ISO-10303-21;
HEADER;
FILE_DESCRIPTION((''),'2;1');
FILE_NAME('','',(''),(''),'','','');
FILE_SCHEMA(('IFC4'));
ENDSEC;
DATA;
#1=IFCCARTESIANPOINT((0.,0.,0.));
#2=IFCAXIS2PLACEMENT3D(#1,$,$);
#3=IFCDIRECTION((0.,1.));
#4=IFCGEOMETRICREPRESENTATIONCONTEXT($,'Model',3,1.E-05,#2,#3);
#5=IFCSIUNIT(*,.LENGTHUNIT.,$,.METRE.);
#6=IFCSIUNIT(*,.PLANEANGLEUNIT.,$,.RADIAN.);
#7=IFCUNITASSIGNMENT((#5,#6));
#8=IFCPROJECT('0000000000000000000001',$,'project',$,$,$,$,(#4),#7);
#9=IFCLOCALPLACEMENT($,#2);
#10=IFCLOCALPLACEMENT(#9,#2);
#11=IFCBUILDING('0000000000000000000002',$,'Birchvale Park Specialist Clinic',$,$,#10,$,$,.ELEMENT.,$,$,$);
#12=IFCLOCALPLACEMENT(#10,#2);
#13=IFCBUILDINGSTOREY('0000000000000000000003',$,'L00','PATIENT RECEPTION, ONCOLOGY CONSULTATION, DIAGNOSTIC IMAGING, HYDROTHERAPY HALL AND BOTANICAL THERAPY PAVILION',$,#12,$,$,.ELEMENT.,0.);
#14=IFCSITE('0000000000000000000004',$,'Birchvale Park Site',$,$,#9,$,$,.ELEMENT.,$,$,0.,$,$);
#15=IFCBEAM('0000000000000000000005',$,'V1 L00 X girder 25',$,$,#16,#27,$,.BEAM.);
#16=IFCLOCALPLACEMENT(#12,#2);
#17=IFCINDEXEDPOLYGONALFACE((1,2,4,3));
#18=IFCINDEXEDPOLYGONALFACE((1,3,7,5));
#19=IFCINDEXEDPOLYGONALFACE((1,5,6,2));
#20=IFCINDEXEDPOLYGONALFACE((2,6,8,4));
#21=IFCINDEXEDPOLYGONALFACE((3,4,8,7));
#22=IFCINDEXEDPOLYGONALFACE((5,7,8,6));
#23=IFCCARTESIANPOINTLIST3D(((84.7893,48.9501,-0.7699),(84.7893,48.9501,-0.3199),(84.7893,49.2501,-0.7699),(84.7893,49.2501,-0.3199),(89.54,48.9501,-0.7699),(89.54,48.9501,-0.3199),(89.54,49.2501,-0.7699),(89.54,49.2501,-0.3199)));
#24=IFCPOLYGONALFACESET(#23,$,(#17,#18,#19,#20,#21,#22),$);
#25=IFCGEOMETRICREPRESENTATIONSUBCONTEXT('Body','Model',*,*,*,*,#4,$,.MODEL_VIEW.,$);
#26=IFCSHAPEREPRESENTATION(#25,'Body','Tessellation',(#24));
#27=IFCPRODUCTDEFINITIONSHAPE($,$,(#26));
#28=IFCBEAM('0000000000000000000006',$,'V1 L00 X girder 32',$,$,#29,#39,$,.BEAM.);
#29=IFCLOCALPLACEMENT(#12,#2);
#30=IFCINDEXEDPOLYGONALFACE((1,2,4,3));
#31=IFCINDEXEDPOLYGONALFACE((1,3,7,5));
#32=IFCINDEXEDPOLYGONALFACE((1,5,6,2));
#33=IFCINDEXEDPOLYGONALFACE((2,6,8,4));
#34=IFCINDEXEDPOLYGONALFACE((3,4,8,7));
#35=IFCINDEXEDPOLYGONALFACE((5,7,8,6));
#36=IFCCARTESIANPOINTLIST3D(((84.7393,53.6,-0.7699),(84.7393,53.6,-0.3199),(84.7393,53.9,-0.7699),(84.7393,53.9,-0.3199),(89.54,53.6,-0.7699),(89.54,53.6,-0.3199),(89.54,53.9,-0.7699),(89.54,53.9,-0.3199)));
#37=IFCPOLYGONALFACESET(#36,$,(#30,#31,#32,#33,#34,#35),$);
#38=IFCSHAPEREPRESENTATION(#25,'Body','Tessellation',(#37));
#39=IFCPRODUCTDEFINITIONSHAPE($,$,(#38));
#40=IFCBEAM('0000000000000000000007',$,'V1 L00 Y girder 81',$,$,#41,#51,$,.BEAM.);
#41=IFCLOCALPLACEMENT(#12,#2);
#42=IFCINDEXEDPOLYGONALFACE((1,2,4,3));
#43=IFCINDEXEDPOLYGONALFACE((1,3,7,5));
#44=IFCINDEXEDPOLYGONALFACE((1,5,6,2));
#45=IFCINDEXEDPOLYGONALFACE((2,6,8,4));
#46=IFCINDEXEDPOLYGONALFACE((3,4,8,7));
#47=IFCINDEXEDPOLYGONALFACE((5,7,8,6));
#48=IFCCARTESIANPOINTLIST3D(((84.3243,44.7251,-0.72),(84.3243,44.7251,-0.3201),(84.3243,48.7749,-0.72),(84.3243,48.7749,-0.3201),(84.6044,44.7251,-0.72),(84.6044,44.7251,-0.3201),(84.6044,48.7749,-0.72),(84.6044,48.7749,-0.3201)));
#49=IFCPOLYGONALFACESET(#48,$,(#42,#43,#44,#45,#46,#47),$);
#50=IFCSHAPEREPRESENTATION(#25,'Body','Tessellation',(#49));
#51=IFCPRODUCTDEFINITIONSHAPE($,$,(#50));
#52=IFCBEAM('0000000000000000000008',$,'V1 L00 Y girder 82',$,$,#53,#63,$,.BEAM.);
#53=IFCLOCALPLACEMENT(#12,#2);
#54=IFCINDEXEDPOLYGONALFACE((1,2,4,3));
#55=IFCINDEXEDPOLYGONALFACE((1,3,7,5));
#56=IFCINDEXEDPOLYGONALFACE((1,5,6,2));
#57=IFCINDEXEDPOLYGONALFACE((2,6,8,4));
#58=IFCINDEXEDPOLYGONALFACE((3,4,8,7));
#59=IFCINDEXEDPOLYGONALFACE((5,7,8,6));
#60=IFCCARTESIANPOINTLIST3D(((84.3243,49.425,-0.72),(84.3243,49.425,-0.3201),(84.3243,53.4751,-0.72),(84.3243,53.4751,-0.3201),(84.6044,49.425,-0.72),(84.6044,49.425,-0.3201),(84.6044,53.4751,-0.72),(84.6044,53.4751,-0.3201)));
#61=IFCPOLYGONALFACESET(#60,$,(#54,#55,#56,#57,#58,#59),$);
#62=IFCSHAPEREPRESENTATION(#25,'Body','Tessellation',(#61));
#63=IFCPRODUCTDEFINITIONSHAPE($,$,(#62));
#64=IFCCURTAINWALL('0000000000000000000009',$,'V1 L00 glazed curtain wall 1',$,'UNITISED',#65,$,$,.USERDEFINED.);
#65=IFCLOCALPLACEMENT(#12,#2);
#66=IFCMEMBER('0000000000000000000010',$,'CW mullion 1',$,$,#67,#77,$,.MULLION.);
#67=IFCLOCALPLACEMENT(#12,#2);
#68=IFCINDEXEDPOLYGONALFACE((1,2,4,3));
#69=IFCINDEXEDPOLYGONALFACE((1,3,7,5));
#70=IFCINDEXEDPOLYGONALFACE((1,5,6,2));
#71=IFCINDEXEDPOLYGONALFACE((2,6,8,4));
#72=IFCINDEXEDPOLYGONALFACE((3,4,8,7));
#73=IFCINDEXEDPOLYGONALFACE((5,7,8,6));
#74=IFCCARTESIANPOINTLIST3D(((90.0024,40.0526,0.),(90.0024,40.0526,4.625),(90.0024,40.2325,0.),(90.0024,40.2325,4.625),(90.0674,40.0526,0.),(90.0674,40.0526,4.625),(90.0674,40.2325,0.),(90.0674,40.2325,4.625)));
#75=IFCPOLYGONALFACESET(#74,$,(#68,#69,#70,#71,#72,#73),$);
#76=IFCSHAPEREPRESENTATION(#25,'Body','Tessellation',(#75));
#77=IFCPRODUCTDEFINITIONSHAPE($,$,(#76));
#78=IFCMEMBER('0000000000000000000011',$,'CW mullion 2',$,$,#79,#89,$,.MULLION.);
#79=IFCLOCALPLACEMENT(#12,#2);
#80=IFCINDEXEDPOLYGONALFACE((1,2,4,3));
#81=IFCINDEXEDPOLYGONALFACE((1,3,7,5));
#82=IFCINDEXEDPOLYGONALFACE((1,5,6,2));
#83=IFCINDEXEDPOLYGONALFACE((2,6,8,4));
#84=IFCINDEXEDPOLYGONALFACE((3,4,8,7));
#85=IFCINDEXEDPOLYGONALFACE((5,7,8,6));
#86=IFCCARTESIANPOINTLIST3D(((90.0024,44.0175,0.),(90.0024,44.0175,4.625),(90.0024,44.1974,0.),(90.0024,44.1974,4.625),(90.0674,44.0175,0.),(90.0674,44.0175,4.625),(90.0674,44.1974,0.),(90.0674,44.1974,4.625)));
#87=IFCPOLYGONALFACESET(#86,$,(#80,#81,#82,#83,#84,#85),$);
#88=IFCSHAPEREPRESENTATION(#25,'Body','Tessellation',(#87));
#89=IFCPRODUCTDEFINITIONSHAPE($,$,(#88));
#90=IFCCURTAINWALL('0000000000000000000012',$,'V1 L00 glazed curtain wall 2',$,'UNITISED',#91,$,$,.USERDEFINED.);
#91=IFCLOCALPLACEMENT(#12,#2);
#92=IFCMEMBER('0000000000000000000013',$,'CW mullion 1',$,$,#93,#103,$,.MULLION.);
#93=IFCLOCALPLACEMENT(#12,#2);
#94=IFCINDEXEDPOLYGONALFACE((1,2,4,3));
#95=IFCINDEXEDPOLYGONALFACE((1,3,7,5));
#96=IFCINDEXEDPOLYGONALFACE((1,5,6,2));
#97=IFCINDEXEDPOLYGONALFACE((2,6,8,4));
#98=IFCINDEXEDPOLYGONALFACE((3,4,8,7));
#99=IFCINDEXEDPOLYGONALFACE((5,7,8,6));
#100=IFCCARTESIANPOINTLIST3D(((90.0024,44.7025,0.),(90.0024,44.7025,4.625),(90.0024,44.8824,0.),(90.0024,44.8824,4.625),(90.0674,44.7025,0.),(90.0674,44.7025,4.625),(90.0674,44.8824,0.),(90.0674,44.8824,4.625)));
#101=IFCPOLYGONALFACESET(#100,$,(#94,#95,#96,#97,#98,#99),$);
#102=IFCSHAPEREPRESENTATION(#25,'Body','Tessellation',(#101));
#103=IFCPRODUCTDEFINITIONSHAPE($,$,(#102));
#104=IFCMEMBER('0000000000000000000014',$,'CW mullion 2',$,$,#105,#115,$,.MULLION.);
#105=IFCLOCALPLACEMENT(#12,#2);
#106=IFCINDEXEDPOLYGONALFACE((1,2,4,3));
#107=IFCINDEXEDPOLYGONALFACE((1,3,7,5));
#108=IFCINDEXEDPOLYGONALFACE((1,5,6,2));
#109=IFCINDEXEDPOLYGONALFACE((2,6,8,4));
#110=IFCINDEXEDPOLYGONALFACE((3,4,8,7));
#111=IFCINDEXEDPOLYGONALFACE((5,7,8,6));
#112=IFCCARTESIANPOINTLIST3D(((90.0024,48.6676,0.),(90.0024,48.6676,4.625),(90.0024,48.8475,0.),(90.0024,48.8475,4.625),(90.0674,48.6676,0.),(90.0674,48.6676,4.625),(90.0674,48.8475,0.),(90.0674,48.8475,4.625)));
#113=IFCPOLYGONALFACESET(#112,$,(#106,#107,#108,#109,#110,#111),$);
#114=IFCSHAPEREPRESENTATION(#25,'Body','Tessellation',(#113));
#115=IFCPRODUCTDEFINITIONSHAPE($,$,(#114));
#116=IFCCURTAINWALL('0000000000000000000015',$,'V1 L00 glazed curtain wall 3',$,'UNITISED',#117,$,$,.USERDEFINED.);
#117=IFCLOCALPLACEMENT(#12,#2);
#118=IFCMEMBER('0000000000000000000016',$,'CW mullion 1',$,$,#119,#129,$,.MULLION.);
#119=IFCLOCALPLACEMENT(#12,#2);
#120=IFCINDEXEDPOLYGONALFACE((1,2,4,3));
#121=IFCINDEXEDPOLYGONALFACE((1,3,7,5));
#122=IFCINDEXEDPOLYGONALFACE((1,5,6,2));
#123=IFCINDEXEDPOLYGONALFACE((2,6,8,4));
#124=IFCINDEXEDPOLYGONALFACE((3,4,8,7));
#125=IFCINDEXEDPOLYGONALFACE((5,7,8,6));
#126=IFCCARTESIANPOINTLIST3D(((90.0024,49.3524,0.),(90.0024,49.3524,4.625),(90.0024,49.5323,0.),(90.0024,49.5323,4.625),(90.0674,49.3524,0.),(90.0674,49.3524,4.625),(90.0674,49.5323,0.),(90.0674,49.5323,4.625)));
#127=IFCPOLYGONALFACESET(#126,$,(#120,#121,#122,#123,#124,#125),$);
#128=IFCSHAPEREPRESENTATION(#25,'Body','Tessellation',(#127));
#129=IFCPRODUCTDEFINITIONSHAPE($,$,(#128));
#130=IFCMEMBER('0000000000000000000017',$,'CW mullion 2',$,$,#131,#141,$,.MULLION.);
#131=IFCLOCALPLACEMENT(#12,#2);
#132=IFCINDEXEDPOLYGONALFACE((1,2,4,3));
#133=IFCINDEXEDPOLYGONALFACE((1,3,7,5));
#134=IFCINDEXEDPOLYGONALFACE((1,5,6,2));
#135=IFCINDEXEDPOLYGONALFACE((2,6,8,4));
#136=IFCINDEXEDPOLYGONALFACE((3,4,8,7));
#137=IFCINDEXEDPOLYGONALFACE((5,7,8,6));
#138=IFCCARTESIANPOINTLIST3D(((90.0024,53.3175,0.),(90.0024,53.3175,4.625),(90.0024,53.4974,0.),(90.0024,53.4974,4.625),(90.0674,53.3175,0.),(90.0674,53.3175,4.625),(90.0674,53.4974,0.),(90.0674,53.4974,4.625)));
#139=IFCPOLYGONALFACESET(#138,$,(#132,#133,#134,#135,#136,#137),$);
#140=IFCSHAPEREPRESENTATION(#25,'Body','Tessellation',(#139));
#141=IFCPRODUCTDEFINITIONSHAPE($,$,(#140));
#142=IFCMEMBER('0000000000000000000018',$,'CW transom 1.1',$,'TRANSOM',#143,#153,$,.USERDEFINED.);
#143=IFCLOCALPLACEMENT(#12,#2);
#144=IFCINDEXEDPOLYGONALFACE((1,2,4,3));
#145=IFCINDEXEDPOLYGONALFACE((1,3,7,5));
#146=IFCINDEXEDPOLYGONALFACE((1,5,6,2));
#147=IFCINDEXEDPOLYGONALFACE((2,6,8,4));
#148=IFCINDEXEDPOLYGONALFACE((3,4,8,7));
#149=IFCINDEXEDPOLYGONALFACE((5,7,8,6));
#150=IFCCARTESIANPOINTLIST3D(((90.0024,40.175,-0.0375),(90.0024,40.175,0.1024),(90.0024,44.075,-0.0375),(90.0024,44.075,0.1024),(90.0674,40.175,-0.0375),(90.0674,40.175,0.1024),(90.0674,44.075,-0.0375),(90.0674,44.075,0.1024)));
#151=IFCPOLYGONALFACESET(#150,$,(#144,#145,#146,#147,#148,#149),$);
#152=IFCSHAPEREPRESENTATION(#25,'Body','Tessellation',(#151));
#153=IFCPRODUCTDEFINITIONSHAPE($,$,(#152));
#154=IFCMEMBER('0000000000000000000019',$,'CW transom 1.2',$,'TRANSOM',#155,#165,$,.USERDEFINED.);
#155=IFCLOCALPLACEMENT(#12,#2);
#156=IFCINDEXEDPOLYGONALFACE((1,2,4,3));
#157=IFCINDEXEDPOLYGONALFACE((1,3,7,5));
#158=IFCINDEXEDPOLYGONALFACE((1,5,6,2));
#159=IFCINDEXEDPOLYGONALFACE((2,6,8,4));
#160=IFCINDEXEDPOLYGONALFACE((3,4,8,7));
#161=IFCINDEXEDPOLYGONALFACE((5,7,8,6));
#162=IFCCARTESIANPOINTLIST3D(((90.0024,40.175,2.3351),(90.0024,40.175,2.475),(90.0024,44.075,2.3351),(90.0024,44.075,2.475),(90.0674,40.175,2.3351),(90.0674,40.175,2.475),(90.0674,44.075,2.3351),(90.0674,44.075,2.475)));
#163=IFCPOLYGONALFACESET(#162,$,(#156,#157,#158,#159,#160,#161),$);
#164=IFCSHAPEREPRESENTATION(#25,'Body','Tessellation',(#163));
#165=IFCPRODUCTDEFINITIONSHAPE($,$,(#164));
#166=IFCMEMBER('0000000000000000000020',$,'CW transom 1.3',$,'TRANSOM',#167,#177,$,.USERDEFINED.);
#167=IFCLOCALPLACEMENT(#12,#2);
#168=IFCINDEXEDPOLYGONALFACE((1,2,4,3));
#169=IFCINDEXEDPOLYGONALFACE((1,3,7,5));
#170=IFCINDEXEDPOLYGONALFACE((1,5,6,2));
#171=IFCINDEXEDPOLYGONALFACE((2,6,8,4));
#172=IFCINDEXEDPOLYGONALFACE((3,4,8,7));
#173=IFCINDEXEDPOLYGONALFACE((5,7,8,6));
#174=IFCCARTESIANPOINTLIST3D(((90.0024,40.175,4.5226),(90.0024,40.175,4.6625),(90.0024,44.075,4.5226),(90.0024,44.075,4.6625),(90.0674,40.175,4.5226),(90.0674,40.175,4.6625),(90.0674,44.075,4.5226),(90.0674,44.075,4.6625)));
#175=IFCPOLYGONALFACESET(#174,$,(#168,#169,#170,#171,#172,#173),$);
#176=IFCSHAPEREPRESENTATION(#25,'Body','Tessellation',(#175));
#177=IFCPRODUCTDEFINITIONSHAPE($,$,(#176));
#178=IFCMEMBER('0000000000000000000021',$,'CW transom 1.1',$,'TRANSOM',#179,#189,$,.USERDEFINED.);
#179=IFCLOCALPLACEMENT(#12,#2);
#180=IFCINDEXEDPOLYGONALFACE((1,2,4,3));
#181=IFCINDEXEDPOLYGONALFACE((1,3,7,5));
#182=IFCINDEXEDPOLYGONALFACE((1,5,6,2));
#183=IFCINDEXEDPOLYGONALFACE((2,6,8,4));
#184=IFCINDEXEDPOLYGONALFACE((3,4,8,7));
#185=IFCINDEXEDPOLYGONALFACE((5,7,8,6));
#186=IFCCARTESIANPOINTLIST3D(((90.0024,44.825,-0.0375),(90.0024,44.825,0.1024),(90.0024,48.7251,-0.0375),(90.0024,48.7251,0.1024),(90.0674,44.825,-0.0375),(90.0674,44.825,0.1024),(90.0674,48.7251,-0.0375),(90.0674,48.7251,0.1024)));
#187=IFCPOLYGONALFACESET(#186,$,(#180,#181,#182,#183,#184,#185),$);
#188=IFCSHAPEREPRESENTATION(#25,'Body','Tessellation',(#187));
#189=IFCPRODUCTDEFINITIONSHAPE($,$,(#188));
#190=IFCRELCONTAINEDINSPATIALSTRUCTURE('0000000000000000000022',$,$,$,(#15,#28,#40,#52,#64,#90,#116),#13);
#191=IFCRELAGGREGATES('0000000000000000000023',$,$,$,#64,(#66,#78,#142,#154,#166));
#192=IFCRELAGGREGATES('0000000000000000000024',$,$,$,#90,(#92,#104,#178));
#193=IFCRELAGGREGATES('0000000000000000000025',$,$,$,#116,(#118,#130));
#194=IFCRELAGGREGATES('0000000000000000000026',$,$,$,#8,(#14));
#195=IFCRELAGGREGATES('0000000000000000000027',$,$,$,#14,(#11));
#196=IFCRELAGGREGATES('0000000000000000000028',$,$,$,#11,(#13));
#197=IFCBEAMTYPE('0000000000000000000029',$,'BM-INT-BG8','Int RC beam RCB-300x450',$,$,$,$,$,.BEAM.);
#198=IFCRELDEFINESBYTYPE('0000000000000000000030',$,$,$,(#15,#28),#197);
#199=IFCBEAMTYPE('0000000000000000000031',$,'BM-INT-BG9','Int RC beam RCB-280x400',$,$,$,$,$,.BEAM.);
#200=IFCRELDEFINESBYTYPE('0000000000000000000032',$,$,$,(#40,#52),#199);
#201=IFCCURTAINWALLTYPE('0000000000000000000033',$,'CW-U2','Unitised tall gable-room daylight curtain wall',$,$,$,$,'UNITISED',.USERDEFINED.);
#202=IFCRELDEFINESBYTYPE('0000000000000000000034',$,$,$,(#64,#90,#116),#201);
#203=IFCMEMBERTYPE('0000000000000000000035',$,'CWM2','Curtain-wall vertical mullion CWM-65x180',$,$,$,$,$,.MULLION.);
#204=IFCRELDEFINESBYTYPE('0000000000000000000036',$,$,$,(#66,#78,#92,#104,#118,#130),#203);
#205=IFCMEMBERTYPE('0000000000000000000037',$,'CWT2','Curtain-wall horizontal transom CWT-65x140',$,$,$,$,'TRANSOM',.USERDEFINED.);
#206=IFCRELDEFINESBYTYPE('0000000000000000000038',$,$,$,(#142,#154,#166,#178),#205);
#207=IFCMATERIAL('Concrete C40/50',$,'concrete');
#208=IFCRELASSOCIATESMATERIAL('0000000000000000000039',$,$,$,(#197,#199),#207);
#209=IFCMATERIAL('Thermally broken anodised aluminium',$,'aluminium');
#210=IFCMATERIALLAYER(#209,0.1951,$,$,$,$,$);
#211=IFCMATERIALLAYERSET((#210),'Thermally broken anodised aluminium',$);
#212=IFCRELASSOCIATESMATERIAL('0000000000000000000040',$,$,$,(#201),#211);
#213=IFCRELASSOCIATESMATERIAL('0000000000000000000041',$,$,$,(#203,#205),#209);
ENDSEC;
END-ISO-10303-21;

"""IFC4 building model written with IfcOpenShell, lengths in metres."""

from ifc_helpers import new_model, si_unit, direction, frame, origin, origin_2d, place, context, subcontext, project, spatial, rectangle, extrude, material, layer, layer_set, material_profile, profile_set, type_object, element, aggregate, save


model = new_model("IFC4")

# Units and contexts
model_context = context("Model", 3, precision=1e-05, world=origin(), true_north=direction((0.0, 1.0)))
body_context = subcontext(model_context, "Body", "Model", "MODEL_VIEW")
ifc_project = project(units=[si_unit("LENGTHUNIT", "METRE"), si_unit("PLANEANGLEUNIT", "RADIAN")], contexts=[model_context])

# Site, building, storey
site_placement = place(None, origin())
site = spatial("IfcSite", under=ifc_project, at=site_placement, Name="Birchvale Park Site", CompositionType="ELEMENT", RefElevation=0.0)
building_placement = place(site_placement, origin())
building = spatial("IfcBuilding", under=site, at=building_placement, Name="Birchvale Park Specialist Clinic", CompositionType="ELEMENT")
storey_placement = place(building_placement, origin())
storey = spatial("IfcBuildingStorey", under=building, at=storey_placement, Name="L00", Description="PATIENT RECEPTION, ONCOLOGY CONSULTATION, DIAGNOSTIC IMAGING, HYDROTHERAPY HALL AND BOTANICAL THERAPY PAVILION", CompositionType="ELEMENT", Elevation=0.0)

# Shared definitions
ifc_material_1 = material(Name="Concrete C40/50", Category="concrete")

# Beams
ifc_material_profile_1 = material_profile(ifc_material_1, rectangle(XDim=0.3, YDim=0.45, at=origin_2d()), Name="RCB-300x450")
ifc_profile_set_1 = profile_set([ifc_material_profile_1], Name="Concrete C40/50")
beam_type_1 = type_object("IfcBeamType", Name="BM-INT-BG8", Description="Int RC beam RCB-300x450", PredefinedType="BEAM", material=ifc_profile_set_1)
beam_1_placement = place(storey_placement, frame((84.7893, 49.1001, -0.5449), z_axis=(1.0, 0.0, 0.0), x_axis=(0.0, 1.0, 0.0)))
element("IfcBeam", 1, at=beam_1_placement, inside=storey, type_object=beam_type_1, Name="V1 L00 X girder 25", PredefinedType="BEAM", context=body_context, shape_type="SweptSolid", body=[
    extrude(rectangle(XDim=0.3, YDim=0.45, at=origin_2d()), origin(), (0.0, 0.0, 1.0), 4.7507),
])
beam_2_placement = place(storey_placement, frame((84.7393, 53.75, -0.5449), z_axis=(1.0, 0.0, 0.0), x_axis=(0.0, 1.0, 0.0)))
element("IfcBeam", 2, at=beam_2_placement, inside=storey, type_object=beam_type_1, Name="V1 L00 X girder 32", PredefinedType="BEAM", context=body_context, shape_type="SweptSolid", body=[
    extrude(rectangle(XDim=0.3, YDim=0.45, at=origin_2d()), origin(), (0.0, 0.0, 1.0), 4.8008),
])
ifc_material_profile_2 = material_profile(ifc_material_1, rectangle(XDim=0.28, YDim=0.3999, at=origin_2d()), Name="RCB-280x400")
ifc_profile_set_2 = profile_set([ifc_material_profile_2], Name="Concrete C40/50")
beam_type_2 = type_object("IfcBeamType", Name="BM-INT-BG9", Description="Int RC beam RCB-280x400", PredefinedType="BEAM", material=ifc_profile_set_2)
beam_3_placement = place(storey_placement, frame((84.4644, 44.7251, -0.52), z_axis=(0.0, 1.0, 0.0), x_axis=(-1.0, 0.0, 0.0)))
element("IfcBeam", 3, at=beam_3_placement, inside=storey, type_object=beam_type_2, Name="V1 L00 Y girder 81", PredefinedType="BEAM", context=body_context, shape_type="SweptSolid", body=[
    extrude(rectangle(XDim=0.28, YDim=0.3999, at=origin_2d()), origin(), (0.0, 0.0, 1.0), 4.0498),
])
beam_4_placement = place(storey_placement, frame((84.4644, 49.425, -0.52), z_axis=(0.0, 1.0, 0.0), x_axis=(-1.0, 0.0, 0.0)))
element("IfcBeam", 4, at=beam_4_placement, inside=storey, type_object=beam_type_2, Name="V1 L00 Y girder 82", PredefinedType="BEAM", context=body_context, shape_type="SweptSolid", body=[
    extrude(rectangle(XDim=0.28, YDim=0.3999, at=origin_2d()), origin(), (0.0, 0.0, 1.0), 4.05),
])

# Curtain walls, members
ifc_material_2 = material(Name="Thermally broken anodised aluminium", Category="aluminium")
ifc_layer_1 = layer(ifc_material_2, 0.1951)
ifc_layer_set_1 = layer_set([ifc_layer_1], Name="Thermally broken anodised aluminium")
curtain_wall_type = type_object("IfcCurtainWallType", Name="CW-U2", Description="Unitised tall gable-room daylight curtain wall", ElementType="UNITISED", PredefinedType="USERDEFINED", material=ifc_layer_set_1)
curtain_wall_1_placement = place(storey_placement, origin())
curtain_wall_1 = element("IfcCurtainWall", 5, at=curtain_wall_1_placement, inside=storey, type_object=curtain_wall_type, Name="V1 L00 glazed curtain wall 1", ObjectType="UNITISED", PredefinedType="USERDEFINED")
ifc_material_profile_3 = material_profile(ifc_material_2, rectangle(XDim=0.0649, YDim=0.1799, at=origin_2d()), Name="CWM-65x180")
ifc_profile_set_3 = profile_set([ifc_material_profile_3], Name="Thermally broken anodised aluminium")
member_type_1 = type_object("IfcMemberType", Name="CWM2", Description="Curtain-wall vertical mullion CWM-65x180", PredefinedType="MULLION", material=ifc_profile_set_3)
member_1_placement = place(storey_placement, frame((90.0349, 40.1426, 0.0), z_axis=(0.0, 0.0, 1.0), x_axis=(-1.0, 0.0, 0.0)))
member_1 = element("IfcMember", 6, at=member_1_placement, type_object=member_type_1, Name="CW mullion 1", PredefinedType="MULLION", context=body_context, shape_type="SweptSolid", body=[
    extrude(rectangle(XDim=0.0649, YDim=0.1799, at=origin_2d()), origin(), (0.0, 0.0, 1.0), 4.625),
])
member_2_placement = place(storey_placement, frame((90.0349, 44.1074, 0.0), z_axis=(0.0, 0.0, 1.0), x_axis=(-1.0, 0.0, 0.0)))
member_2 = element("IfcMember", 7, at=member_2_placement, type_object=member_type_1, Name="CW mullion 2", PredefinedType="MULLION", context=body_context, shape_type="SweptSolid", body=[
    extrude(rectangle(XDim=0.0649, YDim=0.1799, at=origin_2d()), origin(), (0.0, 0.0, 1.0), 4.625),
])
curtain_wall_2_placement = place(storey_placement, origin())
curtain_wall_2 = element("IfcCurtainWall", 8, at=curtain_wall_2_placement, inside=storey, type_object=curtain_wall_type, Name="V1 L00 glazed curtain wall 2", ObjectType="UNITISED", PredefinedType="USERDEFINED")
member_3_placement = place(storey_placement, frame((90.0349, 44.7925, 0.0), z_axis=(0.0, 0.0, 1.0), x_axis=(-1.0, 0.0, 0.0)))
member_3 = element("IfcMember", 9, at=member_3_placement, type_object=member_type_1, Name="CW mullion 1", PredefinedType="MULLION", context=body_context, shape_type="SweptSolid", body=[
    extrude(rectangle(XDim=0.0649, YDim=0.1799, at=origin_2d()), origin(), (0.0, 0.0, 1.0), 4.625),
])
member_4_placement = place(storey_placement, frame((90.0349, 48.7576, 0.0), z_axis=(0.0, 0.0, 1.0), x_axis=(-1.0, 0.0, 0.0)))
member_4 = element("IfcMember", 10, at=member_4_placement, type_object=member_type_1, Name="CW mullion 2", PredefinedType="MULLION", context=body_context, shape_type="SweptSolid", body=[
    extrude(rectangle(XDim=0.0649, YDim=0.1799, at=origin_2d()), origin(), (0.0, 0.0, 1.0), 4.625),
])
curtain_wall_3_placement = place(storey_placement, origin())
curtain_wall_3 = element("IfcCurtainWall", 11, at=curtain_wall_3_placement, inside=storey, type_object=curtain_wall_type, Name="V1 L00 glazed curtain wall 3", ObjectType="UNITISED", PredefinedType="USERDEFINED")
member_5_placement = place(storey_placement, frame((90.0349, 49.4424, 0.0), z_axis=(0.0, 0.0, 1.0), x_axis=(-1.0, 0.0, 0.0)))
member_5 = element("IfcMember", 12, at=member_5_placement, type_object=member_type_1, Name="CW mullion 1", PredefinedType="MULLION", context=body_context, shape_type="SweptSolid", body=[
    extrude(rectangle(XDim=0.0649, YDim=0.1799, at=origin_2d()), origin(), (0.0, 0.0, 1.0), 4.625),
])
member_6_placement = place(storey_placement, frame((90.0349, 53.4075, 0.0), z_axis=(0.0, 0.0, 1.0), x_axis=(-1.0, 0.0, 0.0)))
member_6 = element("IfcMember", 13, at=member_6_placement, type_object=member_type_1, Name="CW mullion 2", PredefinedType="MULLION", context=body_context, shape_type="SweptSolid", body=[
    extrude(rectangle(XDim=0.0649, YDim=0.1799, at=origin_2d()), origin(), (0.0, 0.0, 1.0), 4.625),
])

# Members
ifc_material_profile_4 = material_profile(ifc_material_2, rectangle(XDim=0.0649, YDim=0.1399, at=origin_2d()), Name="CWT-65x140")
ifc_profile_set_4 = profile_set([ifc_material_profile_4], Name="Thermally broken anodised aluminium")
member_type_2 = type_object("IfcMemberType", Name="CWT2", Description="Curtain-wall horizontal transom CWT-65x140", ElementType="TRANSOM", PredefinedType="USERDEFINED", material=ifc_profile_set_4)
member_7_placement = place(storey_placement, frame((90.0349, 40.175, 0.0325), z_axis=(0.0, 1.0, 0.0), x_axis=(-1.0, 0.0, 0.0)))
member_7 = element("IfcMember", 14, at=member_7_placement, type_object=member_type_2, Name="CW transom 1.1", ObjectType="TRANSOM", PredefinedType="USERDEFINED", context=body_context, shape_type="SweptSolid", body=[
    extrude(rectangle(XDim=0.0649, YDim=0.1399, at=origin_2d()), origin(), (0.0, 0.0, 1.0), 3.8999),
])
member_8_placement = place(storey_placement, frame((90.0349, 40.175, 2.405), z_axis=(0.0, 1.0, 0.0), x_axis=(-1.0, 0.0, 0.0)))
member_8 = element("IfcMember", 15, at=member_8_placement, type_object=member_type_2, Name="CW transom 1.2", ObjectType="TRANSOM", PredefinedType="USERDEFINED", context=body_context, shape_type="SweptSolid", body=[
    extrude(rectangle(XDim=0.0649, YDim=0.1399, at=origin_2d()), origin(), (0.0, 0.0, 1.0), 3.8999),
])
member_9_placement = place(storey_placement, frame((90.0349, 40.175, 4.5925), z_axis=(0.0, 1.0, 0.0), x_axis=(-1.0, 0.0, 0.0)))
member_9 = element("IfcMember", 16, at=member_9_placement, type_object=member_type_2, Name="CW transom 1.3", ObjectType="TRANSOM", PredefinedType="USERDEFINED", context=body_context, shape_type="SweptSolid", body=[
    extrude(rectangle(XDim=0.0649, YDim=0.1399, at=origin_2d()), origin(), (0.0, 0.0, 1.0), 3.8999),
])
member_10_placement = place(storey_placement, frame((90.0349, 44.825, 0.0325), z_axis=(0.0, 1.0, 0.0), x_axis=(-1.0, 0.0, 0.0)))
member_10 = element("IfcMember", 17, at=member_10_placement, type_object=member_type_2, Name="CW transom 1.1", ObjectType="TRANSOM", PredefinedType="USERDEFINED", context=body_context, shape_type="SweptSolid", body=[
    extrude(rectangle(XDim=0.0649, YDim=0.1399, at=origin_2d()), origin(), (0.0, 0.0, 1.0), 3.9001),
])

aggregate(curtain_wall_1, [member_1, member_2, member_7, member_8, member_9])
aggregate(curtain_wall_2, [member_3, member_4, member_10])
aggregate(curtain_wall_3, [member_5, member_6])

save(model, "model.ifc")
